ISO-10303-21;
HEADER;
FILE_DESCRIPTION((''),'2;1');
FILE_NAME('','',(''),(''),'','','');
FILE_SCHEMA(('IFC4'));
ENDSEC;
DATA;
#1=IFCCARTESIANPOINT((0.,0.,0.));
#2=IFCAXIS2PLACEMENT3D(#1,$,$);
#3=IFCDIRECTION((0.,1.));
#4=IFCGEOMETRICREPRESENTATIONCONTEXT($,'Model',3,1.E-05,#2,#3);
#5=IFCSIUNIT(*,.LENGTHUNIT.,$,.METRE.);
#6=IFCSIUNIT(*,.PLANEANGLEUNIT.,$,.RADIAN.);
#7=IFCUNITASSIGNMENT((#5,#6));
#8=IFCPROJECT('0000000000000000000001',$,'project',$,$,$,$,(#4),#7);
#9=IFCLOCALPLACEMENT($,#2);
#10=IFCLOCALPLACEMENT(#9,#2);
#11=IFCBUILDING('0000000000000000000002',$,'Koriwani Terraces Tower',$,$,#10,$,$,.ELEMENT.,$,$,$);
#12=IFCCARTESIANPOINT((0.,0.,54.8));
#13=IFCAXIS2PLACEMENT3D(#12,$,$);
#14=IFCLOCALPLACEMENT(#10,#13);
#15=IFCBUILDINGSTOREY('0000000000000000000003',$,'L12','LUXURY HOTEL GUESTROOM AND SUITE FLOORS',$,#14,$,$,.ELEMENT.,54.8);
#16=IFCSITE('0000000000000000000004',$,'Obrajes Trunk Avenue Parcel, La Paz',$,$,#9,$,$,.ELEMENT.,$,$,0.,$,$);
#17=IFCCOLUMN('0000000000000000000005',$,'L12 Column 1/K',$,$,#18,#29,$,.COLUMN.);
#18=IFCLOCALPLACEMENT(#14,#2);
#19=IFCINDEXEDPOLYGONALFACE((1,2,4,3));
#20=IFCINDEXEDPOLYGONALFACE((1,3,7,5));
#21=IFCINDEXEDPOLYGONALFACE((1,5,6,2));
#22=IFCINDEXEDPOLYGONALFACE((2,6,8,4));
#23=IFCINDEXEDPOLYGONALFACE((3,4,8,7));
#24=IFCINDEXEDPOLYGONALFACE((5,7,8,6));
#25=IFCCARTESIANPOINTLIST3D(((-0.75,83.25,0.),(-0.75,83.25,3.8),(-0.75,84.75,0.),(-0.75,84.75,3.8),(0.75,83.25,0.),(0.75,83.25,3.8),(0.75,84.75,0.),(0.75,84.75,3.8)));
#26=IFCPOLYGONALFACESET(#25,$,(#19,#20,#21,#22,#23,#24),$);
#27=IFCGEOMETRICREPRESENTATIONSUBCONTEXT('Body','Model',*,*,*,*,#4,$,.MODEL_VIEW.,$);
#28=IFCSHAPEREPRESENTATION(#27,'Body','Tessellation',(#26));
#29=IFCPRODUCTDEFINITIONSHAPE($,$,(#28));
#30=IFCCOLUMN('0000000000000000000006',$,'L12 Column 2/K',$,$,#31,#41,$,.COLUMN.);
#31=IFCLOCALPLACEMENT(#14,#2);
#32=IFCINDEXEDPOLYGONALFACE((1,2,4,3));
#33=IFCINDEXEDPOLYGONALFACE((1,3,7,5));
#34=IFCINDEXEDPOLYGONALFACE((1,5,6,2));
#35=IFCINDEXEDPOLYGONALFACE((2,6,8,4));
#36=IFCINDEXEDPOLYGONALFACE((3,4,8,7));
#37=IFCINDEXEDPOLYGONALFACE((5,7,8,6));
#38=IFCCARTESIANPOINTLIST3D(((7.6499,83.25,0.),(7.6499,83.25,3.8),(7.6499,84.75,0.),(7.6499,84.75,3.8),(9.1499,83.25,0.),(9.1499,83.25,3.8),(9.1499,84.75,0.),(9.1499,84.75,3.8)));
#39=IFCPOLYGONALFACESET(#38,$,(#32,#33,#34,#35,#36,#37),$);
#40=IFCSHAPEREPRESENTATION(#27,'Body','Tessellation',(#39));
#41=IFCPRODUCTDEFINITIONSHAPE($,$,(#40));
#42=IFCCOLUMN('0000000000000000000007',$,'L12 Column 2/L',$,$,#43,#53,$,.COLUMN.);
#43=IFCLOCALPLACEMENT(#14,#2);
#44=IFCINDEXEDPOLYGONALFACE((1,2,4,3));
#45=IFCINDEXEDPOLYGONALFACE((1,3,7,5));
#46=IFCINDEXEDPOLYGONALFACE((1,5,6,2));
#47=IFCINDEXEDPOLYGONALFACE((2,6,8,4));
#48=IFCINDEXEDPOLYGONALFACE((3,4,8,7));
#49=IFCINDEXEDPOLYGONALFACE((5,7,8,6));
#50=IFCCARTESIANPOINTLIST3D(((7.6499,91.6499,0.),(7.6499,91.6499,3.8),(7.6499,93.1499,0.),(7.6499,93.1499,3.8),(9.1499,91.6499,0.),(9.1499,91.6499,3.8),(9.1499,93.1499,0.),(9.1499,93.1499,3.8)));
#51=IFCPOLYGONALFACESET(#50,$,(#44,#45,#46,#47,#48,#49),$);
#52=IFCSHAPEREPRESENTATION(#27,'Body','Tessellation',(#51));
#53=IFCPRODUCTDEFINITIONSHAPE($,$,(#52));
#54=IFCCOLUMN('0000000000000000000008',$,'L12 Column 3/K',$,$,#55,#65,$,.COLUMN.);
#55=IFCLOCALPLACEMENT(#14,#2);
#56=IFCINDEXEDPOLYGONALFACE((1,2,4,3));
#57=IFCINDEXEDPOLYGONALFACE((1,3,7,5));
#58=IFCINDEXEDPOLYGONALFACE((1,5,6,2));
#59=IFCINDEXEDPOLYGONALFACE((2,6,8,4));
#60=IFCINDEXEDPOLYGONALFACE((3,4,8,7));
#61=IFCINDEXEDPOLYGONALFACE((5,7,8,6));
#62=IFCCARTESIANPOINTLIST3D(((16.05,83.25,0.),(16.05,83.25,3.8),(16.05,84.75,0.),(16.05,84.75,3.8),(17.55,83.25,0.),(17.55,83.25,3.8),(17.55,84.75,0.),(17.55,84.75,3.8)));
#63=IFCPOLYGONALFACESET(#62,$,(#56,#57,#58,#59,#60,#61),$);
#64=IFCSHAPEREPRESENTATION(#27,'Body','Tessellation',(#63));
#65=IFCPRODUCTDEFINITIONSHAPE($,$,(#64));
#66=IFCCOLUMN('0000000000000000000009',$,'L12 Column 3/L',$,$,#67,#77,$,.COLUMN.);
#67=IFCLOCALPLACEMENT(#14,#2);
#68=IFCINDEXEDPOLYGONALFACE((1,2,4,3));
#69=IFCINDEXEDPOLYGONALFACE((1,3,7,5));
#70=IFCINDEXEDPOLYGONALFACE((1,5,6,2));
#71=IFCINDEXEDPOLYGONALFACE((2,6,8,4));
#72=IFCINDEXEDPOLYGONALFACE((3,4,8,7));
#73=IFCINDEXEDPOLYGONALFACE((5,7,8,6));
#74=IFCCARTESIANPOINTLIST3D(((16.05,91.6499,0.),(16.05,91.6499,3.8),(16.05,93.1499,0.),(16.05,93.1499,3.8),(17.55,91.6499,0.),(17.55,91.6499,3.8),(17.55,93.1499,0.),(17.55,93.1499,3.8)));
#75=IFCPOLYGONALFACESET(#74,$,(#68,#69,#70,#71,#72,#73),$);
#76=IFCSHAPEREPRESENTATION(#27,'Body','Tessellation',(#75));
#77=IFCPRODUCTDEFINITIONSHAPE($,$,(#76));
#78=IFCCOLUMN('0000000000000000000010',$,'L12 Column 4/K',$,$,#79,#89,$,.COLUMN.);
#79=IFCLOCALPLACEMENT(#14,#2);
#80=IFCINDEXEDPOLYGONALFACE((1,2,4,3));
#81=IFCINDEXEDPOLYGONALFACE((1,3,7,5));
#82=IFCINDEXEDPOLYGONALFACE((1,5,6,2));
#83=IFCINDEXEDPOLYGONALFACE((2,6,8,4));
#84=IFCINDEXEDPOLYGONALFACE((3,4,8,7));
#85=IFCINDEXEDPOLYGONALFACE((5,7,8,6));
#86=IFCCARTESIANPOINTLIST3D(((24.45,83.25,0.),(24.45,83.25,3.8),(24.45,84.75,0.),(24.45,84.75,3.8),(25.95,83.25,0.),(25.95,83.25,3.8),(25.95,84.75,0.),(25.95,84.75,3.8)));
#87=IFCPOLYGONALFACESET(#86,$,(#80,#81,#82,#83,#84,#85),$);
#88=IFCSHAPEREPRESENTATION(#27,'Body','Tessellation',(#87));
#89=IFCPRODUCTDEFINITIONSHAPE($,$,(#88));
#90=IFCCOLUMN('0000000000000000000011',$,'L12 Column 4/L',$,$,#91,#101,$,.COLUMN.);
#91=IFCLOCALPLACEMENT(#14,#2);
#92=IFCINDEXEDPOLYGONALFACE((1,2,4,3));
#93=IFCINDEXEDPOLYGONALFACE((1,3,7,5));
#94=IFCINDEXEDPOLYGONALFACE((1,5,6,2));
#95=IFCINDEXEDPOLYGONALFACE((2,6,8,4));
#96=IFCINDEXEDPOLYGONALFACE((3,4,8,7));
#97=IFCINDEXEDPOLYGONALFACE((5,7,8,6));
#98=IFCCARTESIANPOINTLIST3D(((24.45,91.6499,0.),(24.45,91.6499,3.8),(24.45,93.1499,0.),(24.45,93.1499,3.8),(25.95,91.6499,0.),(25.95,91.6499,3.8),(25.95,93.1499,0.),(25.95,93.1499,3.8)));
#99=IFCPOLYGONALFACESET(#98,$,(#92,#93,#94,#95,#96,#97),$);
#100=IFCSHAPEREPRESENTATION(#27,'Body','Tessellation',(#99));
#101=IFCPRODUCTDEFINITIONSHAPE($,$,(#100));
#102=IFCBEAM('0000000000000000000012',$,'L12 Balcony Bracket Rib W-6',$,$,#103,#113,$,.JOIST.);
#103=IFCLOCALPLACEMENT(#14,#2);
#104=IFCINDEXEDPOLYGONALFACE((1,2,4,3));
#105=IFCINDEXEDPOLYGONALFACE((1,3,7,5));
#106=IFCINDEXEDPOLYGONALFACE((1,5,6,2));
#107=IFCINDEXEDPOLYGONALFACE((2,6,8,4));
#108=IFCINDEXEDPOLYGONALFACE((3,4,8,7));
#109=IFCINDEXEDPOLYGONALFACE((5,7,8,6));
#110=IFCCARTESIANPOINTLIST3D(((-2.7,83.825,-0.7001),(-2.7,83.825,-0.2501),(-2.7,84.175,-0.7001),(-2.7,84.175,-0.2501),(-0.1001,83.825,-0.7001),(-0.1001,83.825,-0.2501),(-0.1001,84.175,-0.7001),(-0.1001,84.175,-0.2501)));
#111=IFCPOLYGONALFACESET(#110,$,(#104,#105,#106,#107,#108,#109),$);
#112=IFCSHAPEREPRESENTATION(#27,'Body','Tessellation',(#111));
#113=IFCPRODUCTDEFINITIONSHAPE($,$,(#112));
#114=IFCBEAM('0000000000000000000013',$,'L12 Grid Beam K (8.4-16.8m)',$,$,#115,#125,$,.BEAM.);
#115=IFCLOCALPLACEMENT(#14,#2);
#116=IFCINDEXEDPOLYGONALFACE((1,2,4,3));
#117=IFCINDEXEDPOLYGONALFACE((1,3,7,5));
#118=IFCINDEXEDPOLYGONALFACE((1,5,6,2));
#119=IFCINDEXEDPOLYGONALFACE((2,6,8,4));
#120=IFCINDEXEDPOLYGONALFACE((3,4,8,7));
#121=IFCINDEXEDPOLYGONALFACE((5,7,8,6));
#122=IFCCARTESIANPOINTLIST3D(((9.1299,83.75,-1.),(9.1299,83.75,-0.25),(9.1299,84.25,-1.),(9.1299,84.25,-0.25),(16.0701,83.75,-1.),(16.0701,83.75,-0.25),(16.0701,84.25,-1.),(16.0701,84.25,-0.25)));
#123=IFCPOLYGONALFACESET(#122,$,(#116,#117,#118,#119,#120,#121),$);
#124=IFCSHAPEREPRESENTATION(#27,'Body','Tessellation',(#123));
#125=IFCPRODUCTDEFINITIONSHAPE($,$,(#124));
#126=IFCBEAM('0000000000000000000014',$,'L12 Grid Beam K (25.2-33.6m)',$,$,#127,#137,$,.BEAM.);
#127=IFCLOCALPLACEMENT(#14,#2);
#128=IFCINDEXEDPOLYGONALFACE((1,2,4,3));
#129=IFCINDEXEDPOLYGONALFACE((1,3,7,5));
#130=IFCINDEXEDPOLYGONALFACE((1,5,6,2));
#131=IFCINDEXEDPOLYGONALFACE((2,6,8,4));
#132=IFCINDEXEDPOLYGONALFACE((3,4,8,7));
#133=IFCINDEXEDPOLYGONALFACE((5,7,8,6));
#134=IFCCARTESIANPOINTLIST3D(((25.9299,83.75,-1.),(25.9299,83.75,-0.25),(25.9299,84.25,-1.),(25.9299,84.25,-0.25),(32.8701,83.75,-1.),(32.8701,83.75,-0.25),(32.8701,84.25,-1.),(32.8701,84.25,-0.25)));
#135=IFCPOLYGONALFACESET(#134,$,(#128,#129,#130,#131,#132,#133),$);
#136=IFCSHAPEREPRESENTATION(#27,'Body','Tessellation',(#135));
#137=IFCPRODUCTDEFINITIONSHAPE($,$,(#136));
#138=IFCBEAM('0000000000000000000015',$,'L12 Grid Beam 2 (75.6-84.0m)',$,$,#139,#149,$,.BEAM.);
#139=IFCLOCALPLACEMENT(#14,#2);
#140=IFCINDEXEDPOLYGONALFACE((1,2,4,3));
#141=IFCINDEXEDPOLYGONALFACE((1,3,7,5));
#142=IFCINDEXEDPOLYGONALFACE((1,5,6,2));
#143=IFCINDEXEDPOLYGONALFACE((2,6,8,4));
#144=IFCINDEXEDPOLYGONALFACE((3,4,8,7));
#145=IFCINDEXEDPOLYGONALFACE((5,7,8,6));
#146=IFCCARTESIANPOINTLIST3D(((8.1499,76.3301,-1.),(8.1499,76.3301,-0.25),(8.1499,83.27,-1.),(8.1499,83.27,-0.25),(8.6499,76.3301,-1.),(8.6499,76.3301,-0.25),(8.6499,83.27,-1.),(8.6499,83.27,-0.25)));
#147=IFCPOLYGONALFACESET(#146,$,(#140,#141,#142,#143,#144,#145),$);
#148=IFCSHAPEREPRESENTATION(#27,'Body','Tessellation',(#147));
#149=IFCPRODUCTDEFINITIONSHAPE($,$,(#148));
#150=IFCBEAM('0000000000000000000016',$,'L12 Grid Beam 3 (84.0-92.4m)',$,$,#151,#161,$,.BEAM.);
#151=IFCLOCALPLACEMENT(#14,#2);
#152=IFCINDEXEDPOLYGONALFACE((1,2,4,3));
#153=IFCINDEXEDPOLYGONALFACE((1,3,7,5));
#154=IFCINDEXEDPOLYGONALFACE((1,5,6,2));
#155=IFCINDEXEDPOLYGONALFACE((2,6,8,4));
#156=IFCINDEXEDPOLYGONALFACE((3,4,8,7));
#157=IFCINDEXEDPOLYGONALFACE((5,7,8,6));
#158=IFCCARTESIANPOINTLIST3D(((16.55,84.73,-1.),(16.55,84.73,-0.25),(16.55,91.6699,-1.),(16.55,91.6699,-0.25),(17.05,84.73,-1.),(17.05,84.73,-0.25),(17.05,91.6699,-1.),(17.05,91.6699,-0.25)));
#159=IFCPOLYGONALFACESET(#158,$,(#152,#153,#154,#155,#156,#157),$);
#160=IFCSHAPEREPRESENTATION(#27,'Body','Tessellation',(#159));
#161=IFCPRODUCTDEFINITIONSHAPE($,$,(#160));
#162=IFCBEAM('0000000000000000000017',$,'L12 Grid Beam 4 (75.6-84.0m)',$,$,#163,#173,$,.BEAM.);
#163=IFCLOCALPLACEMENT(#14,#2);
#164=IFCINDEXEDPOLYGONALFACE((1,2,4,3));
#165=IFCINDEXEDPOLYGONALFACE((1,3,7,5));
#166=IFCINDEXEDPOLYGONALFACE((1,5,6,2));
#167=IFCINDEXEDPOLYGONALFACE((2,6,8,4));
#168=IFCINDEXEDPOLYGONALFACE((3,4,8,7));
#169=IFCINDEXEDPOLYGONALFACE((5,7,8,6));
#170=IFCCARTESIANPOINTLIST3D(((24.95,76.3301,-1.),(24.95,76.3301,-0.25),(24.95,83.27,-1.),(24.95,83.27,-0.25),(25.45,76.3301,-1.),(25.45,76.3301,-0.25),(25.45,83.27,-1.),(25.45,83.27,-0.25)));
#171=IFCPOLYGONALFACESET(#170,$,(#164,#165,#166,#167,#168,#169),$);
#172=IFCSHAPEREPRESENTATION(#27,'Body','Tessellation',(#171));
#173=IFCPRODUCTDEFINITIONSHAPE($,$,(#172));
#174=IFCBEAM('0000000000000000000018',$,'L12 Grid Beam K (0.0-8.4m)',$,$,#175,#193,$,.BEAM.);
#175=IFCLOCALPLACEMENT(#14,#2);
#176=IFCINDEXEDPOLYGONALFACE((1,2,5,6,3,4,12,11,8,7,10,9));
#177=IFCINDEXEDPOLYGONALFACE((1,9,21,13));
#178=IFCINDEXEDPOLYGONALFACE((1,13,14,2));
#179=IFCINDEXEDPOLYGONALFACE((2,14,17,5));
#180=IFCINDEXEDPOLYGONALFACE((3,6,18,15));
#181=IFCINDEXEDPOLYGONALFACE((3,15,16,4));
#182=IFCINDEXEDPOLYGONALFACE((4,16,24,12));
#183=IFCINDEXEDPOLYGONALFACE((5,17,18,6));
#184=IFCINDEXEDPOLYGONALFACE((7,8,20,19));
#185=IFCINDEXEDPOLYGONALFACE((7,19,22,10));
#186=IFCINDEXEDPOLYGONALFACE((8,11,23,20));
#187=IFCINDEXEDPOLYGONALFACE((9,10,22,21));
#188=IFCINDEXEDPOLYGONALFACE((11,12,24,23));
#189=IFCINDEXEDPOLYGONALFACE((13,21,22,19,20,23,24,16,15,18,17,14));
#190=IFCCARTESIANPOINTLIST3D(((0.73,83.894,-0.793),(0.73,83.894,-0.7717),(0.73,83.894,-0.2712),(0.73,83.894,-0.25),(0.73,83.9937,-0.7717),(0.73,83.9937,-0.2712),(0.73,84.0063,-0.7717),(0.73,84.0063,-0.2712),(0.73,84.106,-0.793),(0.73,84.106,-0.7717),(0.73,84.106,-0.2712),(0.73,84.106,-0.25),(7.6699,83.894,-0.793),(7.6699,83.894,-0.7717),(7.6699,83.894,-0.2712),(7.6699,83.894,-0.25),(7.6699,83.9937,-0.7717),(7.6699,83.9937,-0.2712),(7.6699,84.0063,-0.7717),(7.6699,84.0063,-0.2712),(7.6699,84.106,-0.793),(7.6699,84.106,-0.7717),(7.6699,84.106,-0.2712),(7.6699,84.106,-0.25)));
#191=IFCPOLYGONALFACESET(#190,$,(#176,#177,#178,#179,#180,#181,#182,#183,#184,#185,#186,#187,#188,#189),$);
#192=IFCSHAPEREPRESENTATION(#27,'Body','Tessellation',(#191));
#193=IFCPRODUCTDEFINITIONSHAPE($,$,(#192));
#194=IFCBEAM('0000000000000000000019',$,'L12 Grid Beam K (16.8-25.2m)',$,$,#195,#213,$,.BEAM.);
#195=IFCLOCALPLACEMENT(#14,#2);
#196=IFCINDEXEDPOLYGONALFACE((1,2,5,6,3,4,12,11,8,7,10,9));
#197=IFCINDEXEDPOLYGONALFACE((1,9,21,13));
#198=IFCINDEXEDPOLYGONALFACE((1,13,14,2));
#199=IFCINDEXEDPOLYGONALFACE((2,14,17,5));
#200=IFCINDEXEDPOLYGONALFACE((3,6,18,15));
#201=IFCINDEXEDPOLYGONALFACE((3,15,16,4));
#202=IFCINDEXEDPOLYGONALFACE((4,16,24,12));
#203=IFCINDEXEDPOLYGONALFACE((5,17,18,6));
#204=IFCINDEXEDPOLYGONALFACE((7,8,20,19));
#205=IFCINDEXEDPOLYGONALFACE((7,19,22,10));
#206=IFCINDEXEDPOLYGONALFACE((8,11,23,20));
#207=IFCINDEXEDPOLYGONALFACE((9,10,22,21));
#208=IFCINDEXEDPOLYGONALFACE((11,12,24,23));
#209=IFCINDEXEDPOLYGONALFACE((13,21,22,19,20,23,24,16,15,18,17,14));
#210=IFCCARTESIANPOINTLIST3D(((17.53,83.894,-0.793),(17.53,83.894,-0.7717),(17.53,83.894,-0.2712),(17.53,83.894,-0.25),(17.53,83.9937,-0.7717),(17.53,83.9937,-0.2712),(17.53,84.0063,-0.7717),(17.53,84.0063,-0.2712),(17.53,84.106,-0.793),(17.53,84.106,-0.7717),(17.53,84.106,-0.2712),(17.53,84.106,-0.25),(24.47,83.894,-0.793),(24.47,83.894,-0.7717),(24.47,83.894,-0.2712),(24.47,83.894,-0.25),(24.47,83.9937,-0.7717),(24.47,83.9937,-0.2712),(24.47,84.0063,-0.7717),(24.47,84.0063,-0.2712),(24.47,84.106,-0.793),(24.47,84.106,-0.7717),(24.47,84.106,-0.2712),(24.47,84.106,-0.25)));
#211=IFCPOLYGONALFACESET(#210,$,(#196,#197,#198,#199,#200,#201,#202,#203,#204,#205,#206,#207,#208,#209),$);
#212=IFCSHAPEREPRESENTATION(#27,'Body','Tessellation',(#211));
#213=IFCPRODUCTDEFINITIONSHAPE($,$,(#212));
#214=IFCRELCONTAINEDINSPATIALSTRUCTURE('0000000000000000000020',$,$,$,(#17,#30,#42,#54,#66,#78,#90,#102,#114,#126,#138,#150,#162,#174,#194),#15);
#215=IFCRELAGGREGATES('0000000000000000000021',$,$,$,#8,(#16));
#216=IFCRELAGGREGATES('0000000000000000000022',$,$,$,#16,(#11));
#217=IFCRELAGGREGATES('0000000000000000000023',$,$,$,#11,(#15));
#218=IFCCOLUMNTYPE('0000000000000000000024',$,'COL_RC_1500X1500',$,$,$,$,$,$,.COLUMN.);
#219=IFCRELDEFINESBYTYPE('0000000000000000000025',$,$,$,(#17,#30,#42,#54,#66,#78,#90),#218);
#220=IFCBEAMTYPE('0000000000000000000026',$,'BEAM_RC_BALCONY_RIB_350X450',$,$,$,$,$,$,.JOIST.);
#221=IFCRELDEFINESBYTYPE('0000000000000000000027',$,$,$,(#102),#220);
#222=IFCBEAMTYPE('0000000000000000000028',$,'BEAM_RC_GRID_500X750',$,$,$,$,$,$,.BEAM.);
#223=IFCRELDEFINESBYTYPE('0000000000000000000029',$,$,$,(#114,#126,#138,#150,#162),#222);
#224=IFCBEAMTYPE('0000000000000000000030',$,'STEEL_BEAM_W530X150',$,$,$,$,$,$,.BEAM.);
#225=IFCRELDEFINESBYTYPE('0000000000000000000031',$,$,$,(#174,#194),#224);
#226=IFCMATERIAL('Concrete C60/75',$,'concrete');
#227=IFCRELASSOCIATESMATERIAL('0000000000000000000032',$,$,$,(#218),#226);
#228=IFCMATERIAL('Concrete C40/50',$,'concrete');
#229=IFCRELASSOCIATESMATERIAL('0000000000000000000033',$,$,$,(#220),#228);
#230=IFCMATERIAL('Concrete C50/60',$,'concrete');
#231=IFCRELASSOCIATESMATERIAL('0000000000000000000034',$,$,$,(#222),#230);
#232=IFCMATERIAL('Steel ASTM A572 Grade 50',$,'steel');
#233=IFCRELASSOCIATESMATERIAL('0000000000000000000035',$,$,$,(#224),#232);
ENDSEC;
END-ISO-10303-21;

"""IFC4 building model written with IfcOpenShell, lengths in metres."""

from ifc_helpers import new_model, si_unit, direction, frame, origin, origin_2d, place, context, subcontext, project, spatial, rectangle, i_section, extrude, material, material_profile, profile_set, type_object, element, save


model = new_model("IFC4")

# Units and contexts
model_context = context("Model", 3, precision=1e-05, world=origin(), true_north=direction((0.0, 1.0)))
body_context = subcontext(model_context, "Body", "Model", "MODEL_VIEW")
ifc_project = project(units=[si_unit("LENGTHUNIT", "METRE"), si_unit("PLANEANGLEUNIT", "RADIAN")], contexts=[model_context])

# Site, building, storey
site_placement = place(None, origin())
site = spatial("IfcSite", under=ifc_project, at=site_placement, Name="Obrajes Trunk Avenue Parcel, La Paz", CompositionType="ELEMENT", RefElevation=0.0)
building_placement = place(site_placement, origin())
building = spatial("IfcBuilding", under=site, at=building_placement, Name="Koriwani Terraces Tower", CompositionType="ELEMENT")
storey_placement = place(building_placement, frame((0.0, 0.0, 54.8)))
storey = spatial("IfcBuildingStorey", under=building, at=storey_placement, Name="L12", Description="LUXURY HOTEL GUESTROOM AND SUITE FLOORS", CompositionType="ELEMENT", Elevation=54.8)

# Columns
ifc_material_1 = material(Name="Concrete C60/75", Category="concrete")
ifc_material_profile_1 = material_profile(ifc_material_1, rectangle(XDim=1.5, YDim=1.5, at=origin_2d()), Name="Concrete C60/75", Category="LoadBearing")
ifc_profile_set_1 = profile_set([ifc_material_profile_1], Name="Concrete C60/75")
column_type = type_object("IfcColumnType", Name="COL_RC_1500X1500", PredefinedType="COLUMN", material=ifc_profile_set_1)
for number, where, z_axis, x_axis, name in (
    (1, (0.0, 84.0, 0.0), (0.0, 0.0, 1.0), (1.0, 0.0, 0.0), "L12 Column 1/K"),
    (2, (8.3999, 84.0, 0.0), (0.0, 0.0, 1.0), (1.0, 0.0, 0.0), "L12 Column 2/K"),
    (3, (8.3999, 92.3999, 0.0), (0.0, 0.0, 1.0), (1.0, 0.0, 0.0), "L12 Column 2/L"),
    (4, (16.8, 84.0, 0.0), (0.0, 0.0, 1.0), (1.0, 0.0, 0.0), "L12 Column 3/K"),
    (5, (16.8, 92.3999, 0.0), (0.0, 0.0, 1.0), (1.0, 0.0, 0.0), "L12 Column 3/L"),
    (6, (25.2, 84.0, 0.0), (0.0, 0.0, 1.0), (1.0, 0.0, 0.0), "L12 Column 4/K"),
    (7, (25.2, 92.3999, 0.0), (0.0, 0.0, 1.0), (1.0, 0.0, 0.0), "L12 Column 4/L"),
):
    element("IfcColumn", number, at=place(storey_placement, frame(where, z_axis=z_axis, x_axis=x_axis)), inside=storey, type_object=column_type, Name=name, PredefinedType="COLUMN", context=body_context, shape_type="SweptSolid", body=[
        extrude(rectangle(XDim=1.5, YDim=1.5, at=origin_2d()), origin(), (0.0, 0.0, 1.0), 3.8),
    ])

# Beams
ifc_material_2 = material(Name="Concrete C40/50", Category="concrete")
ifc_material_profile_2 = material_profile(ifc_material_2, rectangle(XDim=0.3501, YDim=0.45, at=origin_2d()), Name="Concrete C40/50", Category="LoadBearing")
ifc_profile_set_2 = profile_set([ifc_material_profile_2], Name="Concrete C40/50")
beam_type_1 = type_object("IfcBeamType", Name="BEAM_RC_BALCONY_RIB_350X450", PredefinedType="JOIST", material=ifc_profile_set_2)
beam_placement = place(storey_placement, frame((-2.7, 84.0, -0.4751), z_axis=(1.0, 0.0, 0.0), x_axis=(0.0, 1.0, 0.0)))
element("IfcBeam", 8, at=beam_placement, inside=storey, type_object=beam_type_1, Name="L12 Balcony Bracket Rib W-6", PredefinedType="JOIST", context=body_context, shape_type="SweptSolid", body=[
    extrude(rectangle(XDim=0.3501, YDim=0.45, at=origin_2d()), origin(), (0.0, 0.0, 1.0), 2.5999),
])
ifc_material_3 = material(Name="Concrete C50/60", Category="concrete")
ifc_material_profile_3 = material_profile(ifc_material_3, rectangle(XDim=0.5, YDim=0.75, at=origin_2d()), Name="Concrete C50/60", Category="LoadBearing")
ifc_profile_set_3 = profile_set([ifc_material_profile_3], Name="Concrete C50/60")
beam_type_2 = type_object("IfcBeamType", Name="BEAM_RC_GRID_500X750", PredefinedType="BEAM", material=ifc_profile_set_3)
for number, where, z_axis, x_axis, name in (
    (9, (9.1299, 84.0, -0.625), (1.0, 0.0, 0.0), (0.0, 1.0, 0.0), "L12 Grid Beam K (8.4-16.8m)"),
    (10, (25.9299, 84.0, -0.625), (1.0, 0.0, 0.0), (0.0, 1.0, 0.0), "L12 Grid Beam K (25.2-33.6m)"),
):
    element("IfcBeam", number, at=place(storey_placement, frame(where, z_axis=z_axis, x_axis=x_axis)), inside=storey, type_object=beam_type_2, Name=name, PredefinedType="BEAM", context=body_context, shape_type="SweptSolid", body=[
        extrude(rectangle(XDim=0.5, YDim=0.75, at=origin_2d()), origin(), (0.0, 0.0, 1.0), 6.9402),
    ])
for number, where, z_axis, x_axis, name in (
    (11, (8.3999, 76.3301, -0.625), (0.0, 1.0, 0.0), (-1.0, 0.0, 0.0), "L12 Grid Beam 2 (75.6-84.0m)"),
    (12, (16.8, 84.73, -0.625), (0.0, 1.0, 0.0), (-1.0, 0.0, 0.0), "L12 Grid Beam 3 (84.0-92.4m)"),
    (13, (25.2, 76.3301, -0.625), (0.0, 1.0, 0.0), (-1.0, 0.0, 0.0), "L12 Grid Beam 4 (75.6-84.0m)"),
):
    element("IfcBeam", number, at=place(storey_placement, frame(where, z_axis=z_axis, x_axis=x_axis)), inside=storey, type_object=beam_type_2, Name=name, PredefinedType="BEAM", context=body_context, shape_type="SweptSolid", body=[
        extrude(rectangle(XDim=0.5, YDim=0.75, at=origin_2d()), origin(), (0.0, 0.0, 1.0), 6.9399),
    ])
ifc_material_4 = material(Name="Steel ASTM A572 Grade 50", Category="steel")
ifc_material_profile_4 = material_profile(ifc_material_4, i_section(OverallWidth=0.2119, OverallDepth=0.543, WebThickness=0.0127, FlangeThickness=0.0212, at=origin_2d()), Name="Steel ASTM A572 Grade 50", Category="LoadBearing")
ifc_profile_set_4 = profile_set([ifc_material_profile_4], Name="Steel ASTM A572 Grade 50")
beam_type_3 = type_object("IfcBeamType", Name="STEEL_BEAM_W530X150", PredefinedType="BEAM", material=ifc_profile_set_4)
for number, where, z_axis, x_axis, name in (
    (14, (0.73, 84.0, -0.5215), (1.0, 0.0, 0.0), (0.0, 1.0, 0.0), "L12 Grid Beam K (0.0-8.4m)"),
    (15, (17.53, 84.0, -0.5215), (1.0, 0.0, 0.0), (0.0, 1.0, 0.0), "L12 Grid Beam K (16.8-25.2m)"),
):
    element("IfcBeam", number, at=place(storey_placement, frame(where, z_axis=z_axis, x_axis=x_axis)), inside=storey, type_object=beam_type_3, Name=name, PredefinedType="BEAM", context=body_context, shape_type="SweptSolid", body=[
        extrude(i_section(OverallWidth=0.2119, OverallDepth=0.543, WebThickness=0.0127, FlangeThickness=0.0212, at=origin_2d()), origin(), (0.0, 0.0, 1.0), 6.9399),
    ])

save(model, "model.ifc")
